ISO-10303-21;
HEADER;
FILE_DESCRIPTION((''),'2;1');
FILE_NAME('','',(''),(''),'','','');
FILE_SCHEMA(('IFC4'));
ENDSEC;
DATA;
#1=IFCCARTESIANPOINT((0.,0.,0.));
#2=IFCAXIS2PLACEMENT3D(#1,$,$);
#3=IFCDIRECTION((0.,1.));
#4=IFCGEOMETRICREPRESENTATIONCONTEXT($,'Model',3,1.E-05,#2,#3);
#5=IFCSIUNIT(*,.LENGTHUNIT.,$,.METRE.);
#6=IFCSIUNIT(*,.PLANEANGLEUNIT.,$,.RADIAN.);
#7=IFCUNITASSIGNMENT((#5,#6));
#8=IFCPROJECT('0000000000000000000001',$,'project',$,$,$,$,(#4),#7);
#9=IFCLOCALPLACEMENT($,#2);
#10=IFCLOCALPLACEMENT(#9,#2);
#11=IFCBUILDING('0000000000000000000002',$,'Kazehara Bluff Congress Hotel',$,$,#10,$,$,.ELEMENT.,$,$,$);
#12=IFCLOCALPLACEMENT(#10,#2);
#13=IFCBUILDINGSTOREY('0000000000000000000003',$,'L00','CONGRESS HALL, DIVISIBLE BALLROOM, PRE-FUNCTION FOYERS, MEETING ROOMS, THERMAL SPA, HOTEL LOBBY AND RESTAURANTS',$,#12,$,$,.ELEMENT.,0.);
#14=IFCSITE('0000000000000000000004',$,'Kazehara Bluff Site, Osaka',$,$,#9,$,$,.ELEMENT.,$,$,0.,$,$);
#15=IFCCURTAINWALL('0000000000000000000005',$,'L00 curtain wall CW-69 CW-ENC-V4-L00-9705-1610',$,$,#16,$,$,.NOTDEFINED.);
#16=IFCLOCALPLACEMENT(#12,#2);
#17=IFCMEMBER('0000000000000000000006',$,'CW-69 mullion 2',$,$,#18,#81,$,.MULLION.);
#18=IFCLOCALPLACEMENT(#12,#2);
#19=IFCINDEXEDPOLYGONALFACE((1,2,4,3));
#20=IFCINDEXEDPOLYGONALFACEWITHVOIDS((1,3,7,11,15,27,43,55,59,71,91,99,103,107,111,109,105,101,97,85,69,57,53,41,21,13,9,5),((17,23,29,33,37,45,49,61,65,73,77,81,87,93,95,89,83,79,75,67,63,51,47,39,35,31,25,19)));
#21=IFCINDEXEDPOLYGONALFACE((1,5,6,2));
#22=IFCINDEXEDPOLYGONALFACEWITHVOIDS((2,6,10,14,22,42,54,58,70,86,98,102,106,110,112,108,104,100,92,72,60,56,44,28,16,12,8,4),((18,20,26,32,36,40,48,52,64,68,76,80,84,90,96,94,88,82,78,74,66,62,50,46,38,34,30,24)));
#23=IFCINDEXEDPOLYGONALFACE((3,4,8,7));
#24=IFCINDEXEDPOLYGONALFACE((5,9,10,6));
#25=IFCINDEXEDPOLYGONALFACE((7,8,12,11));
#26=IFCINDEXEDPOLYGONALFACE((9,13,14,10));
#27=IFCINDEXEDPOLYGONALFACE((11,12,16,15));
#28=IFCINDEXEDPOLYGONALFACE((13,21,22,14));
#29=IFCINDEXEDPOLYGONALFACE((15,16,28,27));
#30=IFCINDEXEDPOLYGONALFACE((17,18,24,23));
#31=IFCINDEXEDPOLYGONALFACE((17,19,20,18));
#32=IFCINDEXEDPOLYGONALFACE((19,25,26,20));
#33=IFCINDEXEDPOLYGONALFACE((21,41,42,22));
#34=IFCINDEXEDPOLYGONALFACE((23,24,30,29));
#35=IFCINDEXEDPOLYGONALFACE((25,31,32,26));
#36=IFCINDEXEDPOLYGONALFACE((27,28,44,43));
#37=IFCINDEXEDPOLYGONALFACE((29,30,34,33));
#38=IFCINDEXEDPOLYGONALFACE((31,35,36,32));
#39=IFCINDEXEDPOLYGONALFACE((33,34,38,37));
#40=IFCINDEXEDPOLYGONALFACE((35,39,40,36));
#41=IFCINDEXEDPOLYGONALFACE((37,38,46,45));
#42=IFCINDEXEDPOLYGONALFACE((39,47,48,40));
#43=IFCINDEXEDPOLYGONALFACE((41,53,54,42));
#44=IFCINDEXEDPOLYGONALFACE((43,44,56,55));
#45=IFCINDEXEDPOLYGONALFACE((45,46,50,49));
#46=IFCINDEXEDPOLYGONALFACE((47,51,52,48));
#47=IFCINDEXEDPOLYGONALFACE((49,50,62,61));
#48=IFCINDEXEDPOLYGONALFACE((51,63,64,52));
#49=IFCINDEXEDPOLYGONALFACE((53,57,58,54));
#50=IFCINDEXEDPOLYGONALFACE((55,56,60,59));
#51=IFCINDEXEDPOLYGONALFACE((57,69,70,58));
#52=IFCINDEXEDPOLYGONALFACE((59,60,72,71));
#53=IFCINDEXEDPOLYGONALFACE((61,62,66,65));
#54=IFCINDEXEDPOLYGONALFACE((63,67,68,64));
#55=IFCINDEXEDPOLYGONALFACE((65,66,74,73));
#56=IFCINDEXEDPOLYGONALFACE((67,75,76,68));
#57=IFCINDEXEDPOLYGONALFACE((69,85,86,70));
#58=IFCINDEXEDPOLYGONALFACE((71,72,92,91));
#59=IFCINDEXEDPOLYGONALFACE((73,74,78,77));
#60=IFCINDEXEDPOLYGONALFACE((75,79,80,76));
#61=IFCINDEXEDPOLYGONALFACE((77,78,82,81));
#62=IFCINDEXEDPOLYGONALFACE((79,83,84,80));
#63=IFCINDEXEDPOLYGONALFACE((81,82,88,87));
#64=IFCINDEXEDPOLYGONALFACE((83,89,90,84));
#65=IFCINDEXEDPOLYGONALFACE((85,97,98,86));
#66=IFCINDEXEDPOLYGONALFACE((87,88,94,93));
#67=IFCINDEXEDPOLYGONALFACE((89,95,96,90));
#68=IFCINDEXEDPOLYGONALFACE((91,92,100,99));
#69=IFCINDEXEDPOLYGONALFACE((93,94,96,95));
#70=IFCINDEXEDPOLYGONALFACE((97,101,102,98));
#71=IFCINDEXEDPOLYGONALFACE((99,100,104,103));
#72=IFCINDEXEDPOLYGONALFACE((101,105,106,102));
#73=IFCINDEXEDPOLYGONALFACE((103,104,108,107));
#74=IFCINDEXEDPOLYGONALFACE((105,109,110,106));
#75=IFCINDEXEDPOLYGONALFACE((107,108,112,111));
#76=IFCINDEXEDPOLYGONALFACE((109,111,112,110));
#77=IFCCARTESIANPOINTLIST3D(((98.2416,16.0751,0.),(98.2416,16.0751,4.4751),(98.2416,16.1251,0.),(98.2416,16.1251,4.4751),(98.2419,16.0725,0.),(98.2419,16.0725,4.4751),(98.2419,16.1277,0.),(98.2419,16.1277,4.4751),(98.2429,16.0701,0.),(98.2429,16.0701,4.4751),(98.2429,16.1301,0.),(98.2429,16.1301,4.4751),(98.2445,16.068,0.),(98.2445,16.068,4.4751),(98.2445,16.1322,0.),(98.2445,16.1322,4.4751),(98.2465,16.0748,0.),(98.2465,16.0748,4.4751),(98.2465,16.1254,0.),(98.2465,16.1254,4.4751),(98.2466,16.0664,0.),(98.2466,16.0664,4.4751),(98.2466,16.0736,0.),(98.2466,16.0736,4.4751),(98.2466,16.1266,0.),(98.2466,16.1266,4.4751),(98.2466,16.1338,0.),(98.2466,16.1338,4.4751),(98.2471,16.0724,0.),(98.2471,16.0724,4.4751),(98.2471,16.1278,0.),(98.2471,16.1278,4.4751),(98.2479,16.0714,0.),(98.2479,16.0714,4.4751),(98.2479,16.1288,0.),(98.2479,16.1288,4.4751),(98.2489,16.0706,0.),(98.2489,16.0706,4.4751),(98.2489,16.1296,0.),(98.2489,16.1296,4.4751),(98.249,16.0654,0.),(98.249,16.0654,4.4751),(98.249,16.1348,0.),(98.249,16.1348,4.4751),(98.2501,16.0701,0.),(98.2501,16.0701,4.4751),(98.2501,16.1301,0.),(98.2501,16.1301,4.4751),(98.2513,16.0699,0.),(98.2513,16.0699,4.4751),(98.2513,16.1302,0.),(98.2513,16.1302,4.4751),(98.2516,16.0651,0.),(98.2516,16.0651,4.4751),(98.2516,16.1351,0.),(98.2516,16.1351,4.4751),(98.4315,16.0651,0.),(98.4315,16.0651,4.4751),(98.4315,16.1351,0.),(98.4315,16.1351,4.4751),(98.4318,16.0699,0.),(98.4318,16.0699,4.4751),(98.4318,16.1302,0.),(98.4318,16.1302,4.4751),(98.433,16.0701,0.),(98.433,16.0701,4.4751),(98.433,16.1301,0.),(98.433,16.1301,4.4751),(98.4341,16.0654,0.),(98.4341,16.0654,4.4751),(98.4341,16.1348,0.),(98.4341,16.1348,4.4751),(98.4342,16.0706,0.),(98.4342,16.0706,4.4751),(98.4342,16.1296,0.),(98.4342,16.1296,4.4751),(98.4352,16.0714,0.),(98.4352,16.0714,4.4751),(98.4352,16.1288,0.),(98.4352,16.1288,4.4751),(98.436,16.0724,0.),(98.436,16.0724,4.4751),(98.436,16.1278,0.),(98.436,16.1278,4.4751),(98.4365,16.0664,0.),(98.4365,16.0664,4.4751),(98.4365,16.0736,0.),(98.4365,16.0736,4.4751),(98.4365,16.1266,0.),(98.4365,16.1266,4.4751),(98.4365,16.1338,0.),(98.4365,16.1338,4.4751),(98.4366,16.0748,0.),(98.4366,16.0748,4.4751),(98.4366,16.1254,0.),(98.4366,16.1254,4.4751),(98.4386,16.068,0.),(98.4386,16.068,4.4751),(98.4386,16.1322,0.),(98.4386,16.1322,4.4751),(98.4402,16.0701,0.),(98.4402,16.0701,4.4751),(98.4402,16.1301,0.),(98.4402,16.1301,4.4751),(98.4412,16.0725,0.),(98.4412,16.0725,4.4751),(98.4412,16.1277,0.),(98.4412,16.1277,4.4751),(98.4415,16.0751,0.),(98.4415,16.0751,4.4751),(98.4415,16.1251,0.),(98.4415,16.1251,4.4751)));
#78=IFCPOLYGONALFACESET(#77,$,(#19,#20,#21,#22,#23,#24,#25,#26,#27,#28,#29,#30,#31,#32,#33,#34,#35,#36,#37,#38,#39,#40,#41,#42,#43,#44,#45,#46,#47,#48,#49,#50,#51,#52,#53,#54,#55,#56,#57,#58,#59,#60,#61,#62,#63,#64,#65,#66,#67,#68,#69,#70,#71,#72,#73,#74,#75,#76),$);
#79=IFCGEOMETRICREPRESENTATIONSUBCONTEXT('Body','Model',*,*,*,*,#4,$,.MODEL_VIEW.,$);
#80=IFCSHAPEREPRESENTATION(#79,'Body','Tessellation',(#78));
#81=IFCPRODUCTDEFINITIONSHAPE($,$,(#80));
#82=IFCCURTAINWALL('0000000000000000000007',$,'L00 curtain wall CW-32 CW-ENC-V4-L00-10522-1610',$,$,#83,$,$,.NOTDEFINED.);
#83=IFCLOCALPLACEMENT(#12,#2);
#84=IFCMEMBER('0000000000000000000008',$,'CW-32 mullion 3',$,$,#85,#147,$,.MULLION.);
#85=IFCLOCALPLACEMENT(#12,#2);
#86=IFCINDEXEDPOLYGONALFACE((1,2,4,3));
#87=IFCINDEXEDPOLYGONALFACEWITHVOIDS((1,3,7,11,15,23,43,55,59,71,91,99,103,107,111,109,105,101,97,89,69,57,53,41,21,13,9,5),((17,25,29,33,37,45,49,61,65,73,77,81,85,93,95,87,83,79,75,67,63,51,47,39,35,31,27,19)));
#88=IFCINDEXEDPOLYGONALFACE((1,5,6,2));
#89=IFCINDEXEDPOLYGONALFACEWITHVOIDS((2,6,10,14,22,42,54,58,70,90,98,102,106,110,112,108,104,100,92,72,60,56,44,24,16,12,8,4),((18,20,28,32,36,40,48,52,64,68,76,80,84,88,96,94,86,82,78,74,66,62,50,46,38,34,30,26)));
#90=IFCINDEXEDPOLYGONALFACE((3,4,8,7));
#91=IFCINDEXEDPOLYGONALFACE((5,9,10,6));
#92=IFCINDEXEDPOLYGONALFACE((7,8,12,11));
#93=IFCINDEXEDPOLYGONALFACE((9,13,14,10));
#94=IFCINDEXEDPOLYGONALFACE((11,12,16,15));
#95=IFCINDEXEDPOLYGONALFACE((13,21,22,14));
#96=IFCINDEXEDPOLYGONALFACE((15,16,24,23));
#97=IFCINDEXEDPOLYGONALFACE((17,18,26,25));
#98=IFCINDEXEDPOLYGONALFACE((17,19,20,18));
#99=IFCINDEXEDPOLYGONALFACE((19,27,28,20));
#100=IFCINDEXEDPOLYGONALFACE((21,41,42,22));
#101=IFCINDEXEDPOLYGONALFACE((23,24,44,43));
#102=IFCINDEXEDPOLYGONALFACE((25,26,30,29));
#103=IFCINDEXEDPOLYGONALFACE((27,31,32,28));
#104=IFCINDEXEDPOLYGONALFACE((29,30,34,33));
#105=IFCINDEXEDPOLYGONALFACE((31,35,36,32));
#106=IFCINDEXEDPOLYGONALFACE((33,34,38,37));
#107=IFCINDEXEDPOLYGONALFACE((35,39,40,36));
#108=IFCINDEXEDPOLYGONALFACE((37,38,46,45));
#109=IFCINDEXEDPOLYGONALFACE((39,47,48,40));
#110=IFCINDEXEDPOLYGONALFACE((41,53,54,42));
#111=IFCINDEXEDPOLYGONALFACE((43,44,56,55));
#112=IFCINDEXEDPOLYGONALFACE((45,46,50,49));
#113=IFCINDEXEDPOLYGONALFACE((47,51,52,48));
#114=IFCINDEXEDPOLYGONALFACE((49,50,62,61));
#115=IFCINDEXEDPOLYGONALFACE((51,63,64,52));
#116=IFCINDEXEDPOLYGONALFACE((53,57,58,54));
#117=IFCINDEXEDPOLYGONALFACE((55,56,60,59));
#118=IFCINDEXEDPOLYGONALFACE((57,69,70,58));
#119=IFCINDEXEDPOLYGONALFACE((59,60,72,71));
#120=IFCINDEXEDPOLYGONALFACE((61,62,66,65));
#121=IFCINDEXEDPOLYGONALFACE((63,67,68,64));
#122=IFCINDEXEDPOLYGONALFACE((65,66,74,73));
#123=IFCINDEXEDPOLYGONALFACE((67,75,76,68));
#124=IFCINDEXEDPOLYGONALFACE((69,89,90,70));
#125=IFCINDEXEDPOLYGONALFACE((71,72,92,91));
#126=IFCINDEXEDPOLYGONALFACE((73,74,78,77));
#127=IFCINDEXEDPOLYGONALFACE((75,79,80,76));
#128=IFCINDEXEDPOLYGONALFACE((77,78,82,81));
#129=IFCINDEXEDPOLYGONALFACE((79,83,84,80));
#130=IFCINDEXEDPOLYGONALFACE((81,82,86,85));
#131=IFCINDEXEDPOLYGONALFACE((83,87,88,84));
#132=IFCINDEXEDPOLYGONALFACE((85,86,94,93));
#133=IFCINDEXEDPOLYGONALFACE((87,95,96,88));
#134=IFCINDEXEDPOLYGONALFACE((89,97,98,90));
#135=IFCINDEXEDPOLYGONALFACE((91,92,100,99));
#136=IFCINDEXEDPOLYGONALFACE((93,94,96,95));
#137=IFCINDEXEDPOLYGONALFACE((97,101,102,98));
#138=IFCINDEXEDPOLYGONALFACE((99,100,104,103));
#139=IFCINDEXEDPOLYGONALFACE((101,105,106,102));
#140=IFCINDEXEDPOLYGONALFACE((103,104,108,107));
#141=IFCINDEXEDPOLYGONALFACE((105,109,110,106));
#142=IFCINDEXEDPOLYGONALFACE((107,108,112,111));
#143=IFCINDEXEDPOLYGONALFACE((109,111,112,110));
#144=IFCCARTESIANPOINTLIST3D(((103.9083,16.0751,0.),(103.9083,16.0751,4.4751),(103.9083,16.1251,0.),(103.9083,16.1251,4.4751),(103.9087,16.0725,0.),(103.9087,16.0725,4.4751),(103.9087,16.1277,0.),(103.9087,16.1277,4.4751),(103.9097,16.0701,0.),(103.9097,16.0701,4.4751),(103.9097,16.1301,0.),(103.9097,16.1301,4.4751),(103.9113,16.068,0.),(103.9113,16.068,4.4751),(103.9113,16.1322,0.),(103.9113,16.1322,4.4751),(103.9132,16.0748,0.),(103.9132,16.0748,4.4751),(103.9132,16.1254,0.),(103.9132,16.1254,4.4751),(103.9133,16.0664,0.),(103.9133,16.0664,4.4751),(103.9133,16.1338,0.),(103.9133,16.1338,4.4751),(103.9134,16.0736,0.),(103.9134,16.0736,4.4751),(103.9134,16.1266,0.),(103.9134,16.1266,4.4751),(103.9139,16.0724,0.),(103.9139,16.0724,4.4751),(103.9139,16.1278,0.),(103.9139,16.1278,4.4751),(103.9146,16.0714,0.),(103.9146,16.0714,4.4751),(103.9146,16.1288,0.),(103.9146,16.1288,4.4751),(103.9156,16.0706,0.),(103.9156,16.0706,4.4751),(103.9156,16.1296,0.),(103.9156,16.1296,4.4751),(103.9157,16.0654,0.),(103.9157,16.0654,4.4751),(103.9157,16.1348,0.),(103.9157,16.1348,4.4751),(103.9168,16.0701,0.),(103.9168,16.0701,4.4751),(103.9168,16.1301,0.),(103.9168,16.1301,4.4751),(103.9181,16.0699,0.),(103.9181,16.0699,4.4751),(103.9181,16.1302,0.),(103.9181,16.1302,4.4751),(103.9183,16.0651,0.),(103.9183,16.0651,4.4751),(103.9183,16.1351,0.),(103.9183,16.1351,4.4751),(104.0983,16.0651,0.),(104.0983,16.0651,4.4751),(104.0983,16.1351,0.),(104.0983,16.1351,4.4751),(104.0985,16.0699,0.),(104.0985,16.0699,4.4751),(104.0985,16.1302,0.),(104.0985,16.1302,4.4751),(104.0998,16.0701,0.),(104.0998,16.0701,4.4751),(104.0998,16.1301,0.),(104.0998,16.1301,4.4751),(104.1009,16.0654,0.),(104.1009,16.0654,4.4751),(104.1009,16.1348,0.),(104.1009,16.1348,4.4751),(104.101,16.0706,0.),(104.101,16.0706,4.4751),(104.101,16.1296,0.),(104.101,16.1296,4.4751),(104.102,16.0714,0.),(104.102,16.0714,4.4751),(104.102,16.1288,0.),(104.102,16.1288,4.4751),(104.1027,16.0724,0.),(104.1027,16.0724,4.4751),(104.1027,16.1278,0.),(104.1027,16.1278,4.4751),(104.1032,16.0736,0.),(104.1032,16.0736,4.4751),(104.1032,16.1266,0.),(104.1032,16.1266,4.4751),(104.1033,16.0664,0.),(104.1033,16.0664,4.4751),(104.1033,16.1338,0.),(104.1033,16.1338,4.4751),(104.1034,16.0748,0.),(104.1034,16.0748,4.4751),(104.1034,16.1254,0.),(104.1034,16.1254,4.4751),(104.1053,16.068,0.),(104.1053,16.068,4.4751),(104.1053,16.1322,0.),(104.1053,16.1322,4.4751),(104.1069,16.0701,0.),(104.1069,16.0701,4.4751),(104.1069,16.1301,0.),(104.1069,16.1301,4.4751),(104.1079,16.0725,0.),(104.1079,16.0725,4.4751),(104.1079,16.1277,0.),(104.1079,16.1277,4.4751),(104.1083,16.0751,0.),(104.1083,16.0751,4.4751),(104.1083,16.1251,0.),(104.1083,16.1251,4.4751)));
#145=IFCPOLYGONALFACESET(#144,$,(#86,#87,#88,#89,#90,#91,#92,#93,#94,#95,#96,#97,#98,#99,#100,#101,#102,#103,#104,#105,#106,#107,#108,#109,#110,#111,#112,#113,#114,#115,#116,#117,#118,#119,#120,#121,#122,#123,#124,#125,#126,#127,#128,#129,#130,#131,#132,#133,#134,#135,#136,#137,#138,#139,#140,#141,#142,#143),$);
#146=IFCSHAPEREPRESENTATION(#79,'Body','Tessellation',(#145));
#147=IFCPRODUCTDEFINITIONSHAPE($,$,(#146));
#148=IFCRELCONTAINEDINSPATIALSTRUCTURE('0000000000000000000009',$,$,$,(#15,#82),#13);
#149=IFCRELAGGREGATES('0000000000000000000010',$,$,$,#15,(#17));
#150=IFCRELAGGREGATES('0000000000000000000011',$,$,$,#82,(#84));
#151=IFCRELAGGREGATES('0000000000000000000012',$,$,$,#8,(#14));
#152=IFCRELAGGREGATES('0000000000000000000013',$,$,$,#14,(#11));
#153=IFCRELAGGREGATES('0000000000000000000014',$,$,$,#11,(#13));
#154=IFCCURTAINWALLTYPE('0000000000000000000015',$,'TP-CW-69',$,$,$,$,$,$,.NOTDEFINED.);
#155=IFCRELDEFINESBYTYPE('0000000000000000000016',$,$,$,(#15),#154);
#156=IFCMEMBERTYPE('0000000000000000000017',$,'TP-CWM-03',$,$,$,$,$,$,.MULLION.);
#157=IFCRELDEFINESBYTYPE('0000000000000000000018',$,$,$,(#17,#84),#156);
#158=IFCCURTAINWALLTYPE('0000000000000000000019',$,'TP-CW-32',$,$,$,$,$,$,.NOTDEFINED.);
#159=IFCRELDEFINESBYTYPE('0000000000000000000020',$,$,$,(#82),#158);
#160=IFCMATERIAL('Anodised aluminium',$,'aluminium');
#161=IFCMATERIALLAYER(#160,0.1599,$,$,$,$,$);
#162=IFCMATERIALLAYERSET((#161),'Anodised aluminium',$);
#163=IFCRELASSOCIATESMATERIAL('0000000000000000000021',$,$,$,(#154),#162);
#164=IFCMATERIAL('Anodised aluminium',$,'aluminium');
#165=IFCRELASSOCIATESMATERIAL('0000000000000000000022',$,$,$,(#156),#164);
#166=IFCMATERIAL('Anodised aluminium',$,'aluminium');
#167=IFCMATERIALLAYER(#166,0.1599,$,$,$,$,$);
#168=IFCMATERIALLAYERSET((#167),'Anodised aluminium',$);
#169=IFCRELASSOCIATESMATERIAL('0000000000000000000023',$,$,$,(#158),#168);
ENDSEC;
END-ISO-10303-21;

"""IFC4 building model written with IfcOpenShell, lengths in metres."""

from ifc_helpers import new_model, si_unit, direction, frame, origin, origin_2d, place, context, subcontext, project, spatial, hollow_rectangle, extrude, material, layer, layer_set, material_profile, profile_set, type_object, element, aggregate, save


model = new_model("IFC4")

# Units and contexts
model_context = context("Model", 3, precision=1e-05, world=origin(), true_north=direction((0.0, 1.0)))
body_context = subcontext(model_context, "Body", "Model", "MODEL_VIEW")
ifc_project = project(units=[si_unit("LENGTHUNIT", "METRE"), si_unit("PLANEANGLEUNIT", "RADIAN")], contexts=[model_context])

# Site, building, storey
site_placement = place(None, origin())
site = spatial("IfcSite", under=ifc_project, at=site_placement, Name="Kazehara Bluff Site, Osaka", CompositionType="ELEMENT", RefElevation=0.0)
building_placement = place(site_placement, origin())
building = spatial("IfcBuilding", under=site, at=building_placement, Name="Kazehara Bluff Congress Hotel", CompositionType="ELEMENT")
storey_placement = place(building_placement, origin())
storey = spatial("IfcBuildingStorey", under=building, at=storey_placement, Name="L00", Description="CONGRESS HALL, DIVISIBLE BALLROOM, PRE-FUNCTION FOYERS, MEETING ROOMS, THERMAL SPA, HOTEL LOBBY AND RESTAURANTS", CompositionType="ELEMENT", Elevation=0.0)

# Curtain walls, members
ifc_material_1 = material(Name="Anodised aluminium", Category="aluminium")
ifc_layer_1 = layer(ifc_material_1, 0.1599)
ifc_layer_set_1 = layer_set([ifc_layer_1], Name="Anodised aluminium")
curtain_wall_type_1 = type_object("IfcCurtainWallType", Name="TP-CW-69", PredefinedType="NOTDEFINED", material=ifc_layer_set_1)
curtain_wall_1_placement = place(storey_placement, origin())
curtain_wall_1 = element("IfcCurtainWall", 1, at=curtain_wall_1_placement, inside=storey, type_object=curtain_wall_type_1, Name="L00 curtain wall CW-69 CW-ENC-V4-L00-9705-1610", PredefinedType="NOTDEFINED")
ifc_material_2 = material(Name="Anodised aluminium", Category="aluminium")
ifc_material_profile_1 = material_profile(ifc_material_2, hollow_rectangle(XDim=0.0701, YDim=0.2, WallThickness=0.0049, InnerFilletRadius=0.0049, OuterFilletRadius=0.01, at=origin_2d()))
ifc_profile_set_1 = profile_set([ifc_material_profile_1], Name="Anodised aluminium")
member_type_1 = type_object("IfcMemberType", Name="TP-CWM-03", PredefinedType="MULLION", material=ifc_profile_set_1)
member_1_placement = place(storey_placement, frame((98.3416, 16.1001, 0.0), z_axis=(0.0, 0.0, 1.0), x_axis=(0.0, -1.0, 0.0)))
member_1 = element("IfcMember", 2, at=member_1_placement, type_object=member_type_1, Name="CW-69 mullion 2", PredefinedType="MULLION", context=body_context, shape_type="SweptSolid", body=[
    extrude(hollow_rectangle(XDim=0.0701, YDim=0.2, WallThickness=0.0049, InnerFilletRadius=0.0049, OuterFilletRadius=0.01, at=origin_2d()), origin(), (0.0, 0.0, 1.0), 4.4751),
])
ifc_material_3 = material(Name="Anodised aluminium", Category="aluminium")
ifc_layer_2 = layer(ifc_material_3, 0.1599)
ifc_layer_set_2 = layer_set([ifc_layer_2], Name="Anodised aluminium")
curtain_wall_type_2 = type_object("IfcCurtainWallType", Name="TP-CW-32", PredefinedType="NOTDEFINED", material=ifc_layer_set_2)
curtain_wall_2_placement = place(storey_placement, origin())
curtain_wall_2 = element("IfcCurtainWall", 3, at=curtain_wall_2_placement, inside=storey, type_object=curtain_wall_type_2, Name="L00 curtain wall CW-32 CW-ENC-V4-L00-10522-1610", PredefinedType="NOTDEFINED")
member_2_placement = place(storey_placement, frame((104.0083, 16.1001, 0.0), z_axis=(0.0, 0.0, 1.0), x_axis=(0.0, -1.0, 0.0)))
member_2 = element("IfcMember", 4, at=member_2_placement, type_object=member_type_1, Name="CW-32 mullion 3", PredefinedType="MULLION", context=body_context, shape_type="SweptSolid", body=[
    extrude(hollow_rectangle(XDim=0.0701, YDim=0.2, WallThickness=0.0049, InnerFilletRadius=0.0049, OuterFilletRadius=0.01, at=origin_2d()), origin(), (0.0, 0.0, 1.0), 4.4751),
])

aggregate(curtain_wall_1, [member_1])
aggregate(curtain_wall_2, [member_2])

save(model, "model.ifc")
